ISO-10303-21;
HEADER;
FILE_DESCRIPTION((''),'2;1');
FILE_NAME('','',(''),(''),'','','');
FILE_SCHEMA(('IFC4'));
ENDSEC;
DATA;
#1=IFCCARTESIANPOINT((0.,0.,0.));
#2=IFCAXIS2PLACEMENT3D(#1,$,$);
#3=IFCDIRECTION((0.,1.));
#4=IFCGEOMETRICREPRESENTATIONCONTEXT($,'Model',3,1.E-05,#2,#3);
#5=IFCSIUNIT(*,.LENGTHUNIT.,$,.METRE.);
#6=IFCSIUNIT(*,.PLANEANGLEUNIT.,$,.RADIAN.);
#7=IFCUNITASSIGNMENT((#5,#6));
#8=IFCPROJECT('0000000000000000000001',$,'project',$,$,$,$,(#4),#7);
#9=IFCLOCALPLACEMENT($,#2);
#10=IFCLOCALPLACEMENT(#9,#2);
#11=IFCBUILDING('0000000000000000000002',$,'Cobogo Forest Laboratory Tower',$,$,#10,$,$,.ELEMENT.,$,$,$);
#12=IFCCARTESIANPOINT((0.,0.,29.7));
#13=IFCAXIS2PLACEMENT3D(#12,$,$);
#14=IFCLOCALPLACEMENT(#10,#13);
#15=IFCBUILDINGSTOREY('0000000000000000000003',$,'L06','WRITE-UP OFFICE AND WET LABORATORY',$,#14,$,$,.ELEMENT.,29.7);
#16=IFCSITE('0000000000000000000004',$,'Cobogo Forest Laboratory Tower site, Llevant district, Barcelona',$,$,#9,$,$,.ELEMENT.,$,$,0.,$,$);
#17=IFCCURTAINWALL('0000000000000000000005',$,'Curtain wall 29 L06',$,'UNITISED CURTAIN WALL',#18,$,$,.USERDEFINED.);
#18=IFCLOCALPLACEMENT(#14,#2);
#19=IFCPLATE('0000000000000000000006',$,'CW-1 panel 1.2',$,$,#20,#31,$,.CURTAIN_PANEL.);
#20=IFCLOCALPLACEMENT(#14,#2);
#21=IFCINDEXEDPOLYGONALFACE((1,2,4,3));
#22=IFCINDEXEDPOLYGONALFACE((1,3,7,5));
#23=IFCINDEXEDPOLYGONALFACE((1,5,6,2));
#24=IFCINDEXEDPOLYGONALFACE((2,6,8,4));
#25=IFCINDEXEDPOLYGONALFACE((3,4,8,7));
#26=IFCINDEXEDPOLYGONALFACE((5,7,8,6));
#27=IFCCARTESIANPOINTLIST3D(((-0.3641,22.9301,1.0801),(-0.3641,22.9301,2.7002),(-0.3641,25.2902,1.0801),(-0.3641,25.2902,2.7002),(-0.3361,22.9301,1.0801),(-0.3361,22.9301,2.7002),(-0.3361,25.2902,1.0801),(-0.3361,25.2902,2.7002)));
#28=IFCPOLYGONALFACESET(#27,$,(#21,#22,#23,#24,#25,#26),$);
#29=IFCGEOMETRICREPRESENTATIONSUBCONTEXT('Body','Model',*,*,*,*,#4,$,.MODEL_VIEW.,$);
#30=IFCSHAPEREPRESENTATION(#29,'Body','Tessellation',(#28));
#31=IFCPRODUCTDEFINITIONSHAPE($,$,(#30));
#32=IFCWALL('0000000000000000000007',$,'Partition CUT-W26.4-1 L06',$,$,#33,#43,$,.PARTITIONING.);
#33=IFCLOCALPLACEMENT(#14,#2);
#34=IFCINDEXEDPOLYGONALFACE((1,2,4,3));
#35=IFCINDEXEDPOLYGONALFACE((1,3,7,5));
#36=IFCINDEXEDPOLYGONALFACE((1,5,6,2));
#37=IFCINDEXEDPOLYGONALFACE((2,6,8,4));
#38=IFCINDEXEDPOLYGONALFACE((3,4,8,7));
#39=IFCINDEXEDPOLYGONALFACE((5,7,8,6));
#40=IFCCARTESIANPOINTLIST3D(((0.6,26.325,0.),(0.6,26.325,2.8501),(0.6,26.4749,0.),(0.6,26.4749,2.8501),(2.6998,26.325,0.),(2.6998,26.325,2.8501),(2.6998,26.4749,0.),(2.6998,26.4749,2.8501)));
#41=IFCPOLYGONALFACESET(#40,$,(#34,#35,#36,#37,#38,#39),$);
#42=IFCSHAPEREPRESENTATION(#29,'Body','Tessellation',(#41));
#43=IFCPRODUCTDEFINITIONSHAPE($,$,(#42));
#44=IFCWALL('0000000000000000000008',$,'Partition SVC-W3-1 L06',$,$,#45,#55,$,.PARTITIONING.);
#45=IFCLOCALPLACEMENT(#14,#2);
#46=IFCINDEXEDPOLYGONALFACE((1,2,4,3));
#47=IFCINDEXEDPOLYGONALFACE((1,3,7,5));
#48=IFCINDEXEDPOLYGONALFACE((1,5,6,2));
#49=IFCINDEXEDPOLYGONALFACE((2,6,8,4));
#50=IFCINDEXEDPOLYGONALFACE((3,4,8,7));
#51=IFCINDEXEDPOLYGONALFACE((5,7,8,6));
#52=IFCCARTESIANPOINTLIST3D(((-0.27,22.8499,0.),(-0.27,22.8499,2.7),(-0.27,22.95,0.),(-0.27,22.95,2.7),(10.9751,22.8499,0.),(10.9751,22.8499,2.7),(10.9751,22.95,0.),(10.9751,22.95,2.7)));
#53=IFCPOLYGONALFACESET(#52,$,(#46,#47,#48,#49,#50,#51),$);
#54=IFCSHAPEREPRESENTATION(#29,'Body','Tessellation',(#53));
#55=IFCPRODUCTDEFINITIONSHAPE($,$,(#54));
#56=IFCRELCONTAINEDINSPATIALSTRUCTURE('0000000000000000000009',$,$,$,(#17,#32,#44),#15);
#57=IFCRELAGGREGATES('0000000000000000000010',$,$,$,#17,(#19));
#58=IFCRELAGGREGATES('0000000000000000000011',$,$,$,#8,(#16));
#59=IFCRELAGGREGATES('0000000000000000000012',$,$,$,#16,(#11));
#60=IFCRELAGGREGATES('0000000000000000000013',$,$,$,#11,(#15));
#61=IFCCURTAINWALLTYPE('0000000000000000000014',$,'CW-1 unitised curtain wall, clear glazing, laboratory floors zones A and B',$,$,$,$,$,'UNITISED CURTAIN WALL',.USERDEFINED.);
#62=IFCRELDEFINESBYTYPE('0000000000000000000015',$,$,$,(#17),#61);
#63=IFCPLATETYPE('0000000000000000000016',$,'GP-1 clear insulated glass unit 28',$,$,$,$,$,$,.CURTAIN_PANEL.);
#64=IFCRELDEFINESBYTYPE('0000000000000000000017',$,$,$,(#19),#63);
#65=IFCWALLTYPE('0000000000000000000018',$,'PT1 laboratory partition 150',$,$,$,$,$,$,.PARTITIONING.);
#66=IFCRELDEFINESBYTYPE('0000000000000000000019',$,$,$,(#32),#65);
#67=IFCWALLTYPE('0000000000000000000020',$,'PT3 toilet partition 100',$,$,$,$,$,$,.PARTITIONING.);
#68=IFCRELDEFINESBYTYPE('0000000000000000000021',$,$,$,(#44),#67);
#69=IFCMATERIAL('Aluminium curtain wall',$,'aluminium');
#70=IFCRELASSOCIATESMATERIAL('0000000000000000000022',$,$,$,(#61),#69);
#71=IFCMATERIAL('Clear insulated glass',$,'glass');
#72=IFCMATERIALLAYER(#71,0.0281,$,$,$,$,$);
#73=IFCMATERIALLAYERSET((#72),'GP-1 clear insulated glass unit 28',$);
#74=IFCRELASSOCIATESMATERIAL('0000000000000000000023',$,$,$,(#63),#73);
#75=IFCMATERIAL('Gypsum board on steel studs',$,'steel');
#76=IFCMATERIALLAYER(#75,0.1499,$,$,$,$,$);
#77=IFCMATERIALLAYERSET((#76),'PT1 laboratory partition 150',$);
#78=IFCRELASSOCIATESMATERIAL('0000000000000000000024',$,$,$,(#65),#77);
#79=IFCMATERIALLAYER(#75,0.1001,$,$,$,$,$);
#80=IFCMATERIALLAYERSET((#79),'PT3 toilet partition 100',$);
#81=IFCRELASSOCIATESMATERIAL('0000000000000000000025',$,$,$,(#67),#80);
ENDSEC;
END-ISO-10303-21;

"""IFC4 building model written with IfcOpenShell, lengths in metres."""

from ifc_helpers import new_model, si_unit, direction, frame, frame_2d, origin, origin_2d, place, context, subcontext, project, spatial, rectangle, extrude, material, layer, layer_set, type_object, element, aggregate, save


model = new_model("IFC4")

# Units and contexts
model_context = context("Model", 3, precision=1e-05, world=origin(), true_north=direction((0.0, 1.0)))
body_context = subcontext(model_context, "Body", "Model", "MODEL_VIEW")
ifc_project = project(units=[si_unit("LENGTHUNIT", "METRE"), si_unit("PLANEANGLEUNIT", "RADIAN")], contexts=[model_context])

# Site, building, storey
site_placement = place(None, origin())
site = spatial("IfcSite", under=ifc_project, at=site_placement, Name="Cobogo Forest Laboratory Tower site, Llevant district, Barcelona", CompositionType="ELEMENT", RefElevation=0.0)
building_placement = place(site_placement, origin())
building = spatial("IfcBuilding", under=site, at=building_placement, Name="Cobogo Forest Laboratory Tower", CompositionType="ELEMENT")
storey_placement = place(building_placement, frame((0.0, 0.0, 29.7)))
storey = spatial("IfcBuildingStorey", under=building, at=storey_placement, Name="L06", Description="WRITE-UP OFFICE AND WET LABORATORY", CompositionType="ELEMENT", Elevation=29.7)

# Curtain wall
ifc_material_1 = material(Name="Aluminium curtain wall", Category="aluminium")
curtain_wall_type = type_object("IfcCurtainWallType", Name="CW-1 unitised curtain wall, clear glazing, laboratory floors zones A and B", ElementType="UNITISED CURTAIN WALL", PredefinedType="USERDEFINED", material=ifc_material_1)
curtain_wall_1_placement = place(storey_placement, origin())
curtain_wall_1 = element("IfcCurtainWall", 1, at=curtain_wall_1_placement, inside=storey, type_object=curtain_wall_type, Name="Curtain wall 29 L06", ObjectType="UNITISED CURTAIN WALL", PredefinedType="USERDEFINED")

# Plate
ifc_material_2 = material(Name="Clear insulated glass", Category="glass")
ifc_layer_1 = layer(ifc_material_2, 0.0281)
ifc_layer_set_1 = layer_set([ifc_layer_1], Name="GP-1 clear insulated glass unit 28")
plate_type_1 = type_object("IfcPlateType", Name="GP-1 clear insulated glass unit 28", PredefinedType="CURTAIN_PANEL", material=ifc_layer_set_1)
plate_1_placement = place(storey_placement, frame((-0.3501, 24.1101, 1.0801), z_axis=(0.0, 0.0, 1.0), x_axis=(0.0, -1.0, 0.0)))
plate_1 = element("IfcPlate", 2, at=plate_1_placement, type_object=plate_type_1, Name="CW-1 panel 1.2", PredefinedType="CURTAIN_PANEL", context=body_context, shape_type="SweptSolid", body=[
    extrude(rectangle(XDim=2.3601, YDim=0.0281, at=origin_2d()), origin(), (0.0, 0.0, 1.0), 1.6201),
])
aggregate(curtain_wall_1, [plate_1])

# Walls
ifc_material_3 = material(Name="Gypsum board on steel studs", Category="steel")
ifc_layer_2 = layer(ifc_material_3, 0.1499)
ifc_layer_set_2 = layer_set([ifc_layer_2], Name="PT1 laboratory partition 150")
wall_type_1 = type_object("IfcWallType", Name="PT1 laboratory partition 150", PredefinedType="PARTITIONING", material=ifc_layer_set_2)
wall_1_placement = place(storey_placement, frame((0.6001, 26.3999, 0.0), z_axis=(0.0, 0.0, 1.0), x_axis=(1.0, 0.0, 0.0)))
element("IfcWall", 3, at=wall_1_placement, inside=storey, type_object=wall_type_1, Name="Partition CUT-W26.4-1 L06", PredefinedType="PARTITIONING", context=body_context, shape_type="SweptSolid", body=[
    extrude(rectangle(XDim=2.0999, YDim=0.1499, at=frame_2d((1.0498, 0.0))), origin(), (0.0, 0.0, 1.0), 2.8501),
])
ifc_layer_3 = layer(ifc_material_3, 0.1001)
ifc_layer_set_3 = layer_set([ifc_layer_3], Name="PT3 toilet partition 100")
wall_type_2 = type_object("IfcWallType", Name="PT3 toilet partition 100", PredefinedType="PARTITIONING", material=ifc_layer_set_3)
wall_2_placement = place(storey_placement, frame((-0.27, 22.8999, 0.0), z_axis=(0.0, 0.0, 1.0), x_axis=(1.0, 0.0, 0.0)))
element("IfcWall", 4, at=wall_2_placement, inside=storey, type_object=wall_type_2, Name="Partition SVC-W3-1 L06", PredefinedType="PARTITIONING", context=body_context, shape_type="SweptSolid", body=[
    extrude(rectangle(XDim=11.2451, YDim=0.1001, at=frame_2d((5.6226, 0.0))), origin(), (0.0, 0.0, 1.0), 2.7),
])

save(model, "model.ifc")
